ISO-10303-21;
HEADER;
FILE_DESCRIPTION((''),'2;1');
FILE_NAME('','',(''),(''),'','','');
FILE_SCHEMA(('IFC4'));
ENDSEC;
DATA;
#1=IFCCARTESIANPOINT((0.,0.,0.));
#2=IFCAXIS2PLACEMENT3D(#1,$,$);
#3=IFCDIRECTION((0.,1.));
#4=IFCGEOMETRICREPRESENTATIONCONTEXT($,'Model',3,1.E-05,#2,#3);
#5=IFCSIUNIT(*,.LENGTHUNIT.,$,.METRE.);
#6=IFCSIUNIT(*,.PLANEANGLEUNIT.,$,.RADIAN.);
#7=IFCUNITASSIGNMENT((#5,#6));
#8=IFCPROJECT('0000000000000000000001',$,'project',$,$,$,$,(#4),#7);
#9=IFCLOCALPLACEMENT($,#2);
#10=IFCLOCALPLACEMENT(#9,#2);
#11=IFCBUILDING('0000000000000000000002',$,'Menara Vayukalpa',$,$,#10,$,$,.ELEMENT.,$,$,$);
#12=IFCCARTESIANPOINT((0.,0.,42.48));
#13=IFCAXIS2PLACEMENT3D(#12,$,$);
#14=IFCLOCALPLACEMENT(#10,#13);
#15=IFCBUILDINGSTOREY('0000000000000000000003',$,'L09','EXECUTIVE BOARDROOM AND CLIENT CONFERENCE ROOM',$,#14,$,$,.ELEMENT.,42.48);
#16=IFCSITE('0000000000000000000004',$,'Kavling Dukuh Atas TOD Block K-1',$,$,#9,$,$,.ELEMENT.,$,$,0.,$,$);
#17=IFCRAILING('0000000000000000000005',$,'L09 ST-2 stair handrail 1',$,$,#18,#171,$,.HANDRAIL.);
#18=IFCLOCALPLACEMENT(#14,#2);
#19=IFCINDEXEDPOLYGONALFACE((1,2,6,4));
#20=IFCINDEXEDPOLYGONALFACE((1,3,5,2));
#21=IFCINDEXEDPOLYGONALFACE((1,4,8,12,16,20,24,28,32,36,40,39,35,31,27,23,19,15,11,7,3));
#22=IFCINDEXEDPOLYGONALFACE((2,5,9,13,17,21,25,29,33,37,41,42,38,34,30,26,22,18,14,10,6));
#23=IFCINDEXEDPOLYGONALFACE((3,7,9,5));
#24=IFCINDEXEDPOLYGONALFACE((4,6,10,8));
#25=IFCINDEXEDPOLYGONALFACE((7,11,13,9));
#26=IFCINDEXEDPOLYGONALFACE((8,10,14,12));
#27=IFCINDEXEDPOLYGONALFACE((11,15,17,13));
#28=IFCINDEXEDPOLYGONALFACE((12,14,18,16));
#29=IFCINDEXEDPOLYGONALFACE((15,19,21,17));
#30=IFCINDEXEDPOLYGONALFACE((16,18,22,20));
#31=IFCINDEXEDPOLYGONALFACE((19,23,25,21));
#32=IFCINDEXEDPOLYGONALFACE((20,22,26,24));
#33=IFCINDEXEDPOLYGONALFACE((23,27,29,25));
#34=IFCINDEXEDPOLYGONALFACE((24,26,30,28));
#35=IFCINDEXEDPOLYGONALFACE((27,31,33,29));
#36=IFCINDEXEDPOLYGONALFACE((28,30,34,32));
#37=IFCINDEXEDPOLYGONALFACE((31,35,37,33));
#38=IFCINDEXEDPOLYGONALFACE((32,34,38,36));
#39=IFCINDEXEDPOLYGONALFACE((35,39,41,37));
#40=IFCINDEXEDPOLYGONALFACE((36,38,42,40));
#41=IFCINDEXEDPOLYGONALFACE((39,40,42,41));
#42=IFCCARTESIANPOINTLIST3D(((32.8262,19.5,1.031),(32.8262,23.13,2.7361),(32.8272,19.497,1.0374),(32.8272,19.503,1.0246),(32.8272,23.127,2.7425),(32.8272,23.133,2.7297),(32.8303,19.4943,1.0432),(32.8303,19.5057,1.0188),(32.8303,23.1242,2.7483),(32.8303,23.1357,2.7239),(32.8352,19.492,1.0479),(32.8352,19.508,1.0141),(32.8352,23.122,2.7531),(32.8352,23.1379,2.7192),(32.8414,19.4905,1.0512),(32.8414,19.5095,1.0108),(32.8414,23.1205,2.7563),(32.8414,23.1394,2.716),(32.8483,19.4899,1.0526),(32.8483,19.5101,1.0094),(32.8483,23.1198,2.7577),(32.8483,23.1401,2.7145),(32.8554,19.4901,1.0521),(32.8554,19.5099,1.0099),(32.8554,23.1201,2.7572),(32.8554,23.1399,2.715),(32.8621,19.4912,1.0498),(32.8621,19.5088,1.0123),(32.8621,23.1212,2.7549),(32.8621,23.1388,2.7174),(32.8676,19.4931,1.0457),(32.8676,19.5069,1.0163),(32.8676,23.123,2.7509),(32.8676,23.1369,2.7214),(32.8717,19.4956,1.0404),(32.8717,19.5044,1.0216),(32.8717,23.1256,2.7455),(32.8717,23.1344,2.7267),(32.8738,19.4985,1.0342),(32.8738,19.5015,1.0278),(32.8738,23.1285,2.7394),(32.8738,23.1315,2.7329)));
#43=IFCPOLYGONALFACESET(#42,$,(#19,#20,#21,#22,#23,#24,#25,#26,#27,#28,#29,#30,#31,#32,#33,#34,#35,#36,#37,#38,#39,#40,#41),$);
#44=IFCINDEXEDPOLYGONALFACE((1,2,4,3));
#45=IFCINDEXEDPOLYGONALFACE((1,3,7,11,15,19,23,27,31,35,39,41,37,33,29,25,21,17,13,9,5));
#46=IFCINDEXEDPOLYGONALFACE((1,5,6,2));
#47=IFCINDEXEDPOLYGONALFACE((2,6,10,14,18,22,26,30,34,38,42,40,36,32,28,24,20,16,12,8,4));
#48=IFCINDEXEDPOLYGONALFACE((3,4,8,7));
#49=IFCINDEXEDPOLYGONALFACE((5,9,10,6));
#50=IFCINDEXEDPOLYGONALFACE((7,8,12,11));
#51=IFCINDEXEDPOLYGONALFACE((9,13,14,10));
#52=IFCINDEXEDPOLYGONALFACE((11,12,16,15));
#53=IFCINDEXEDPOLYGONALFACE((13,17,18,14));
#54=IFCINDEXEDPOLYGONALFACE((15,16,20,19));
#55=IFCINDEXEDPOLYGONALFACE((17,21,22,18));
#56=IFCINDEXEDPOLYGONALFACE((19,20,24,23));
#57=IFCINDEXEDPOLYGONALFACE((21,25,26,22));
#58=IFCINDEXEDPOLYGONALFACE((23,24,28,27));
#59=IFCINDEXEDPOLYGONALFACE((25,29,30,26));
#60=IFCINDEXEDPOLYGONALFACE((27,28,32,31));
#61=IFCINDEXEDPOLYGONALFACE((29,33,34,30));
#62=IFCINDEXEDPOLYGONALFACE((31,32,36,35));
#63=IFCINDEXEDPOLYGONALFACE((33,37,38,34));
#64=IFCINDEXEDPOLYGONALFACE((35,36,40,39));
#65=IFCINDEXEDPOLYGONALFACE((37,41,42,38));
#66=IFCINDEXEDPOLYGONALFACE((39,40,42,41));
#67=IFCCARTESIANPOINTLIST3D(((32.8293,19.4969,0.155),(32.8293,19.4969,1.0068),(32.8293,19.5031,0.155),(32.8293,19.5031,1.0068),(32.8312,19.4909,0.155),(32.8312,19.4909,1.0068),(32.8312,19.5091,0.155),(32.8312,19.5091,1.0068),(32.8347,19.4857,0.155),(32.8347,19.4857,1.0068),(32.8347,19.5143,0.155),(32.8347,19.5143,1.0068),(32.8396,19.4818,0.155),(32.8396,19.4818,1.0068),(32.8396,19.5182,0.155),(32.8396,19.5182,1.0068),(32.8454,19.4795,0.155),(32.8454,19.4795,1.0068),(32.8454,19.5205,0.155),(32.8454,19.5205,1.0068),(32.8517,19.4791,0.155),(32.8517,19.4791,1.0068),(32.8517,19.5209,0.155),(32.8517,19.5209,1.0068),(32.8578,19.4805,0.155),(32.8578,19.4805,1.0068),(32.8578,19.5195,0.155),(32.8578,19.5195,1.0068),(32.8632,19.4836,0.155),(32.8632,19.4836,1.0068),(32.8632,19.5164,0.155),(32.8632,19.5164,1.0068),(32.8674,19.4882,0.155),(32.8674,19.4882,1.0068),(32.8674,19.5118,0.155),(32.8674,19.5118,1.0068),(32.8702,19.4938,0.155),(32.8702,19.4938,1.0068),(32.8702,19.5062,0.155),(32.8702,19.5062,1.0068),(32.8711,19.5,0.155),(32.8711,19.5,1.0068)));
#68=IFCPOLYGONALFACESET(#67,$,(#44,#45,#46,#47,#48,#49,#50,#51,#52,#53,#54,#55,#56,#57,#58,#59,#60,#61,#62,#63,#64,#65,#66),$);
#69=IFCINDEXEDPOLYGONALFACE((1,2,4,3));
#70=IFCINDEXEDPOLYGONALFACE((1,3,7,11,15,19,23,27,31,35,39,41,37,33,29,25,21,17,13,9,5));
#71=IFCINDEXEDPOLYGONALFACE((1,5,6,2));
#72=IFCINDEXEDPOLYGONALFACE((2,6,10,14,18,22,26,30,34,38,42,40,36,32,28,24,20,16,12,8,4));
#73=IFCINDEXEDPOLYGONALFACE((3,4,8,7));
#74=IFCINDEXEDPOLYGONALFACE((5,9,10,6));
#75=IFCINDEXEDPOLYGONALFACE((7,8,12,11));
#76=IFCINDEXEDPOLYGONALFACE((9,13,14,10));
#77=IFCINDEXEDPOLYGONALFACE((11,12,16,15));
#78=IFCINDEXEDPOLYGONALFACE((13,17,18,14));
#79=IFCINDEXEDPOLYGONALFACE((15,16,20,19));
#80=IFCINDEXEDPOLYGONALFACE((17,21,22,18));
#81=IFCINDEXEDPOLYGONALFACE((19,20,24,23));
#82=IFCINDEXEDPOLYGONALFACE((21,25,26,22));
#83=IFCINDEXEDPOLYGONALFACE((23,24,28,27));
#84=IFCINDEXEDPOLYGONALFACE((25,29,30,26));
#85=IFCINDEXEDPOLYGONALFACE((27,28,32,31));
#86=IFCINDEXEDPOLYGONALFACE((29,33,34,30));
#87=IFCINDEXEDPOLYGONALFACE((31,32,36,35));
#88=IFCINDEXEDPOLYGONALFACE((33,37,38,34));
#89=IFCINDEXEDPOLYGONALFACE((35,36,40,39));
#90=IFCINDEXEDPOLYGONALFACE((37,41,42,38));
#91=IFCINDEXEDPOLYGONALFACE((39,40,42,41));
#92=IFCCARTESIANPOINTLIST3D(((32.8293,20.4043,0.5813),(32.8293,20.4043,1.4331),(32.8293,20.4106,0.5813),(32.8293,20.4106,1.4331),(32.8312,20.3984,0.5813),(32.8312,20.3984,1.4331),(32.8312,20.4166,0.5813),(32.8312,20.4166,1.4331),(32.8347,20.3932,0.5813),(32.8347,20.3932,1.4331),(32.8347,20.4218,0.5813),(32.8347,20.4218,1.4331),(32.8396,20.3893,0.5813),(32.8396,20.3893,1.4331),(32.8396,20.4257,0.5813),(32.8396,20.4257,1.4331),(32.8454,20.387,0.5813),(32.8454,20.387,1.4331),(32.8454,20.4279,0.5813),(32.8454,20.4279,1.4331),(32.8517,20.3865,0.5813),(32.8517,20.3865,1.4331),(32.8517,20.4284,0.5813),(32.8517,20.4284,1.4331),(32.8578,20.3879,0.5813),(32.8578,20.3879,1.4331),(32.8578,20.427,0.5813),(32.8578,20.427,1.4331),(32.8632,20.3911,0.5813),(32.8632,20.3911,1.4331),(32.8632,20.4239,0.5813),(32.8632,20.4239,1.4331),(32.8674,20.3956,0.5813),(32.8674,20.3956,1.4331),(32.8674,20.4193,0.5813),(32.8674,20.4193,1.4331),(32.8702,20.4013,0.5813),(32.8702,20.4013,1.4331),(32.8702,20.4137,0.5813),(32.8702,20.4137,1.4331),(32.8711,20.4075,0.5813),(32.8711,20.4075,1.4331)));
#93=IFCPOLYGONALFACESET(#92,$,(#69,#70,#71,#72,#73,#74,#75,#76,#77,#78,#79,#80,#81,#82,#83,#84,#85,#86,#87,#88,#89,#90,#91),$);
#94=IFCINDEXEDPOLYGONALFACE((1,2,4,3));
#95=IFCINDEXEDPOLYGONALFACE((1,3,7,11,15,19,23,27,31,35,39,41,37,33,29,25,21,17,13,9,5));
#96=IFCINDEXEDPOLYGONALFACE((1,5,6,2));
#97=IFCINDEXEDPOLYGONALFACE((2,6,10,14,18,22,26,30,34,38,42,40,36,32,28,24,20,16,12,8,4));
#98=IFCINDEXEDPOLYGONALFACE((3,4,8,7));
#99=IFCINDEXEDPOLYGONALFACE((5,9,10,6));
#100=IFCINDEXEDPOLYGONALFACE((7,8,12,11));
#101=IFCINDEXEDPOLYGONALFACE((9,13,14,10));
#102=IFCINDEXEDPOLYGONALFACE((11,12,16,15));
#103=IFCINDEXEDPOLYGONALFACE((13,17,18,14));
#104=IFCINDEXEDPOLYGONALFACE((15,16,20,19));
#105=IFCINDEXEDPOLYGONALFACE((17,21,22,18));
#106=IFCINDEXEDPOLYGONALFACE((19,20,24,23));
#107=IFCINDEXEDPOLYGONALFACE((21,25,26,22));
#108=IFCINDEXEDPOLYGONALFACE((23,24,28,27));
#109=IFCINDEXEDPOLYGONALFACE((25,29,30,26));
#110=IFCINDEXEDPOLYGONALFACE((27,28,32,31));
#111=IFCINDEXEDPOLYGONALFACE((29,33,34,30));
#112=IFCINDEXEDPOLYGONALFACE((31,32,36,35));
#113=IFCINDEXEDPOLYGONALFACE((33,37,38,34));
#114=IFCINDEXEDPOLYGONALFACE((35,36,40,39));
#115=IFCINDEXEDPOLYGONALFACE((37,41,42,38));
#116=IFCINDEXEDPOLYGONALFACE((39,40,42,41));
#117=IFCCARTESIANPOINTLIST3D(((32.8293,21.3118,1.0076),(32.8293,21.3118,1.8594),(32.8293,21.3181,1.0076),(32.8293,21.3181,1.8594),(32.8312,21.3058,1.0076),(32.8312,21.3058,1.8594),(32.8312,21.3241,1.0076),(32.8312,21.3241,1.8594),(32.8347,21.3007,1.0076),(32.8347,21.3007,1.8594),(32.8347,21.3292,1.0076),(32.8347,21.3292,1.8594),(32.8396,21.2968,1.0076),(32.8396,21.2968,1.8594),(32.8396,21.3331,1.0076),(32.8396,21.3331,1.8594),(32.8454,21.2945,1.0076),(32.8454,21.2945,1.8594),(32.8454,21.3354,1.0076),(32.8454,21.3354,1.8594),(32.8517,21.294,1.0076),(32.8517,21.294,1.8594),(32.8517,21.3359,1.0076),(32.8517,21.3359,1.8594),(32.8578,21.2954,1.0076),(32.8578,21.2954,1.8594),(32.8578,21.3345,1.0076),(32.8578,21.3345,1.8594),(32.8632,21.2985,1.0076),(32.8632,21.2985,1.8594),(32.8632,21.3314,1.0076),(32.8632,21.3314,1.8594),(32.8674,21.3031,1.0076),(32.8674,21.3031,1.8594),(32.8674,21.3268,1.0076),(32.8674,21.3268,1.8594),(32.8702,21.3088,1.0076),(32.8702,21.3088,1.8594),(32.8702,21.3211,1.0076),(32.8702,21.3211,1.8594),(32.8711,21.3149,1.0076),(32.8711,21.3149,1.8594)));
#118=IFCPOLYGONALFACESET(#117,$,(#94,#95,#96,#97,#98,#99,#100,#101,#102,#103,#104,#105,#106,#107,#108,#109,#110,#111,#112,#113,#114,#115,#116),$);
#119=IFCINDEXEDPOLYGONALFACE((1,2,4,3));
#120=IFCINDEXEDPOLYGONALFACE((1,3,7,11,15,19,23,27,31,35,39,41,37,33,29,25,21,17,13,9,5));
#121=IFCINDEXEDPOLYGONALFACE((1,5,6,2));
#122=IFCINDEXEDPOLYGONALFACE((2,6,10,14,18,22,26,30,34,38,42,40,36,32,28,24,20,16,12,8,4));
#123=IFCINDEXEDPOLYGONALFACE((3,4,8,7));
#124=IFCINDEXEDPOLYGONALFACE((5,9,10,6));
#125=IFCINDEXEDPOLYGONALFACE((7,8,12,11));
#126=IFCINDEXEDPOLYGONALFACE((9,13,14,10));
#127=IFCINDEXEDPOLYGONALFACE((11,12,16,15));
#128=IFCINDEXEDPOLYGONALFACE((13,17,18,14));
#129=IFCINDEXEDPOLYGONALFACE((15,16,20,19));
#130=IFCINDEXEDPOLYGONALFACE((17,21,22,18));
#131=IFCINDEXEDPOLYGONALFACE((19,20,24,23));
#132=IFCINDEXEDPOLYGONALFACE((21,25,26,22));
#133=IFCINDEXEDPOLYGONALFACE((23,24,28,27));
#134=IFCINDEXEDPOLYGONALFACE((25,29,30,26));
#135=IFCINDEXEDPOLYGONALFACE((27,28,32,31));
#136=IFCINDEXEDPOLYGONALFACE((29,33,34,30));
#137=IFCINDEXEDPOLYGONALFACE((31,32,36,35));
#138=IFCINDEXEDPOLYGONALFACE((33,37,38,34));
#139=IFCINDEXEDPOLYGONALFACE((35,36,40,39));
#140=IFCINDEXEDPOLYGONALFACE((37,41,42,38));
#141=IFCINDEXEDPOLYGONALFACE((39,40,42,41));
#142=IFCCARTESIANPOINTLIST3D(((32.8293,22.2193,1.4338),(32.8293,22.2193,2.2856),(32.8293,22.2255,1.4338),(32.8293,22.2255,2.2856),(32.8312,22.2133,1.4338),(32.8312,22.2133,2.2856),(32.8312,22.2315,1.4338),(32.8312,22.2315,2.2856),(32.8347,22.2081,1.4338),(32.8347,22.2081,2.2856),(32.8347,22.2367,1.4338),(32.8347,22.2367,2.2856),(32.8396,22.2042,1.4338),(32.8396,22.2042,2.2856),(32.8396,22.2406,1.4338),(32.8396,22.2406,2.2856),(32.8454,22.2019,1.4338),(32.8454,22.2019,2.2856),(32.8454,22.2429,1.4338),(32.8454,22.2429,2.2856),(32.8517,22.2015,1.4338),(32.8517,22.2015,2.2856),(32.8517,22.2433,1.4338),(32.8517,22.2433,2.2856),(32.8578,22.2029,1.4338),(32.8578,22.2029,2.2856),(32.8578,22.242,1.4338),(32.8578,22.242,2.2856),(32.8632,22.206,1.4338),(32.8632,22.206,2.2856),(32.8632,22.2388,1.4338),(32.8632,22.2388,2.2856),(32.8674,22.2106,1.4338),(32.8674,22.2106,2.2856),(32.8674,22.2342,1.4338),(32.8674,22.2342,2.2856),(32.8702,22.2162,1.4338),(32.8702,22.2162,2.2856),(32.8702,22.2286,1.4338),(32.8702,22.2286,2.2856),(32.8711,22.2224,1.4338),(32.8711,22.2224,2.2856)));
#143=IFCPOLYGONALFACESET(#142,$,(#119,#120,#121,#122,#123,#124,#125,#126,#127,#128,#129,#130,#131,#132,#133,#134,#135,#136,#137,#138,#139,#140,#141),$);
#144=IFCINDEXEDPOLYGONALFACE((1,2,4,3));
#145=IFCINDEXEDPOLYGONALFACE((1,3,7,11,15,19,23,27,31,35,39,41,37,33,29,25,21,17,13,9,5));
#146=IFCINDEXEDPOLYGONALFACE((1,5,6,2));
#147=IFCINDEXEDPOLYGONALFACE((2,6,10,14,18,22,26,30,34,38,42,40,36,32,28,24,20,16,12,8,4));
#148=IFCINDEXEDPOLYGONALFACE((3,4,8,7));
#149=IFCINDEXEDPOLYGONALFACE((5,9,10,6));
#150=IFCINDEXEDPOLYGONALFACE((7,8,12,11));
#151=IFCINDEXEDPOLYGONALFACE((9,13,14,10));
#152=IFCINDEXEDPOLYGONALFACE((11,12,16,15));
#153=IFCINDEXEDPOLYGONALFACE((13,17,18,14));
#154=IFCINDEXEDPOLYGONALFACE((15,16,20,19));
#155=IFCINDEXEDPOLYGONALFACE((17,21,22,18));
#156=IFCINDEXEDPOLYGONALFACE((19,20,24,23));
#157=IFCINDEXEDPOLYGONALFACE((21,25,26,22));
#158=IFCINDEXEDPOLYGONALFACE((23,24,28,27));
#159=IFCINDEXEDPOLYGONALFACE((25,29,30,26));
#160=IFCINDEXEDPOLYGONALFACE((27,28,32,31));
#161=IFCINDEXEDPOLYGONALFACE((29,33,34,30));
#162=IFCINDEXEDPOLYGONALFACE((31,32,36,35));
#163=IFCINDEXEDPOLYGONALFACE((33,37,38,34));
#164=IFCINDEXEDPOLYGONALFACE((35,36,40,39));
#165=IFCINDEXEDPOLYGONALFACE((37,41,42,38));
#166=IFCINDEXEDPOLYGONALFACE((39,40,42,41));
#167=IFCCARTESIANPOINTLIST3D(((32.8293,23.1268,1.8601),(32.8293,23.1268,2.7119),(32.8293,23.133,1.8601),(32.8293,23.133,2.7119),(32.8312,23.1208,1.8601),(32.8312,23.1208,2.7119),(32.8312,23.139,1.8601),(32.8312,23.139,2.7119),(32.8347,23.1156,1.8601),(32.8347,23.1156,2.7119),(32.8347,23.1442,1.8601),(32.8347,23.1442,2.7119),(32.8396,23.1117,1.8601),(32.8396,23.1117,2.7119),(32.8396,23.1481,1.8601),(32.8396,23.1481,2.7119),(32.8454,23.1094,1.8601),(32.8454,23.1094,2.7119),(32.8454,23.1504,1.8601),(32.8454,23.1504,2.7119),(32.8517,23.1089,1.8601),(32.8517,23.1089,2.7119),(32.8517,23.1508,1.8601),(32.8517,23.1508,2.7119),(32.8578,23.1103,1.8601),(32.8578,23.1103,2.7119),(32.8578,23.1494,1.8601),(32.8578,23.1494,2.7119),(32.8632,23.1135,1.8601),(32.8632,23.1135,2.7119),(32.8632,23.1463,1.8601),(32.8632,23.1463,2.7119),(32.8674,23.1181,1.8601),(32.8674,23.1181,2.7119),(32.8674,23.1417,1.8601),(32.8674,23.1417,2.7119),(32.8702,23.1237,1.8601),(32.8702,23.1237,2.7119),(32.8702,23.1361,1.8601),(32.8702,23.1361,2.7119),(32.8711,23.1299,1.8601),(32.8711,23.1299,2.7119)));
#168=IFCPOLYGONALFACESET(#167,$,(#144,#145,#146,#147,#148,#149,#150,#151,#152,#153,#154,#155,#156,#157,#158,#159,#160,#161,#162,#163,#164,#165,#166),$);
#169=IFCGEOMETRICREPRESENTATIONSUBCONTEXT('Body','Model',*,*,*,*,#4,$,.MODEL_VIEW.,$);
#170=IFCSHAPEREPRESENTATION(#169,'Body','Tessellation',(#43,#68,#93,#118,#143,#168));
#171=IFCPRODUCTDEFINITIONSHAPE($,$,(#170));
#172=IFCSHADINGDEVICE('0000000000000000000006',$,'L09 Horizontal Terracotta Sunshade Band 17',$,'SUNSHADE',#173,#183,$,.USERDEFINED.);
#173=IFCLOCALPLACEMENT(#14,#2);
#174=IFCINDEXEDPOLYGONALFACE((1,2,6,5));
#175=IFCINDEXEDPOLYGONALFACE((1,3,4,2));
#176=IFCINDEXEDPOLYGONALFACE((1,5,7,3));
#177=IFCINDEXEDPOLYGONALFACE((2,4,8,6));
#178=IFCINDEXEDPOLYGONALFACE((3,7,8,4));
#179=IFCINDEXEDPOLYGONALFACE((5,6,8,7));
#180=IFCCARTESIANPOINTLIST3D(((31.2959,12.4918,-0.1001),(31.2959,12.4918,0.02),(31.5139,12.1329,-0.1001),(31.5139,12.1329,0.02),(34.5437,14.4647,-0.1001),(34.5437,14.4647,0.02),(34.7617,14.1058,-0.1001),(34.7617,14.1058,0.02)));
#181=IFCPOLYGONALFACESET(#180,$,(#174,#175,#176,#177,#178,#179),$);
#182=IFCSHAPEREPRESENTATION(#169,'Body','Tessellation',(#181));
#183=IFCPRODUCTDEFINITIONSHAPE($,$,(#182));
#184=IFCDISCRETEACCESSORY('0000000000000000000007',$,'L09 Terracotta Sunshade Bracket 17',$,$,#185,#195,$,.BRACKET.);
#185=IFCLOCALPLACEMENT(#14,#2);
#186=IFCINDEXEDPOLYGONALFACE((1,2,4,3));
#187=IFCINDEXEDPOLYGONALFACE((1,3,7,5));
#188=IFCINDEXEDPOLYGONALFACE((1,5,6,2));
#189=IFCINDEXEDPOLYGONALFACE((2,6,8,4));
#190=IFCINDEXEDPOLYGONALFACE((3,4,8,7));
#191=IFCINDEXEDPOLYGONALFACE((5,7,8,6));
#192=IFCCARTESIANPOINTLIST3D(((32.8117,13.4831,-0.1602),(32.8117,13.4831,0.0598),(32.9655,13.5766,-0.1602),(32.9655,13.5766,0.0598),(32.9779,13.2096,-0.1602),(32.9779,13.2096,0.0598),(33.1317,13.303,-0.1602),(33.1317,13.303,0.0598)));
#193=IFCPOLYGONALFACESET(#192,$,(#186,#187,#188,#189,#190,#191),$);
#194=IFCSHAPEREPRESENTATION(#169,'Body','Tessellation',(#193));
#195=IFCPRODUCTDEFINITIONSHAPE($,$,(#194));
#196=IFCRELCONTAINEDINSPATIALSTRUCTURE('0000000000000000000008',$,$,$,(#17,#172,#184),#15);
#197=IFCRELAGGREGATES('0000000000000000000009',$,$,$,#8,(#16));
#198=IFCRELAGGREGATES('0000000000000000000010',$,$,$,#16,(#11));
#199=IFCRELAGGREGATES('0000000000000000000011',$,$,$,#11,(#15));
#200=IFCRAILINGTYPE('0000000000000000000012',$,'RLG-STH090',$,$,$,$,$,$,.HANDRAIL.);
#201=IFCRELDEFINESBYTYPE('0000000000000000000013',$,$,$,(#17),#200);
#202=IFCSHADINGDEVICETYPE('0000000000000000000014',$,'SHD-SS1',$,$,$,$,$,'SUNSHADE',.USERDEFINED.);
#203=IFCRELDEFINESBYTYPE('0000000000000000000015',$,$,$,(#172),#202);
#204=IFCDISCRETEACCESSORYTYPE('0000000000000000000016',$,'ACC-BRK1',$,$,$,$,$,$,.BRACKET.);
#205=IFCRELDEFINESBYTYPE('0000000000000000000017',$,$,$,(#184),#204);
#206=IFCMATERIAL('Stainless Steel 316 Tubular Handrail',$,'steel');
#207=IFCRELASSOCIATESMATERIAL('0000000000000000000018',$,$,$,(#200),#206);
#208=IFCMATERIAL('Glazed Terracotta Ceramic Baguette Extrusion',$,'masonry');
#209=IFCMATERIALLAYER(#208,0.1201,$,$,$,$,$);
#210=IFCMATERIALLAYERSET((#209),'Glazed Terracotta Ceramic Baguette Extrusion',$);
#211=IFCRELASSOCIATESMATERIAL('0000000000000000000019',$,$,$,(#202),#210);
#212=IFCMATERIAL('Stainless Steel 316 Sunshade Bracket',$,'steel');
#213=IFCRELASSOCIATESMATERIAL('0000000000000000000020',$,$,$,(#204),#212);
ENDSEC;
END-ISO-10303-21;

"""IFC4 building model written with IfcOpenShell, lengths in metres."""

from ifc_helpers import new_model, si_unit, direction, frame, origin, origin_2d, place, context, subcontext, project, spatial, rectangle, circle, extrude, material, layer, layer_set, type_object, element, save


model = new_model("IFC4")

# Units and contexts
model_context = context("Model", 3, precision=1e-05, world=origin(), true_north=direction((0.0, 1.0)))
body_context = subcontext(model_context, "Body", "Model", "MODEL_VIEW")
ifc_project = project(units=[si_unit("LENGTHUNIT", "METRE"), si_unit("PLANEANGLEUNIT", "RADIAN")], contexts=[model_context])

# Site, building, storey
site_placement = place(None, origin())
site = spatial("IfcSite", under=ifc_project, at=site_placement, Name="Kavling Dukuh Atas TOD Block K-1", CompositionType="ELEMENT", RefElevation=0.0)
building_placement = place(site_placement, origin())
building = spatial("IfcBuilding", under=site, at=building_placement, Name="Menara Vayukalpa", CompositionType="ELEMENT")
storey_placement = place(building_placement, frame((0.0, 0.0, 42.48)))
storey = spatial("IfcBuildingStorey", under=building, at=storey_placement, Name="L09", Description="EXECUTIVE BOARDROOM AND CLIENT CONFERENCE ROOM", CompositionType="ELEMENT", Elevation=42.48)

# Railing
ifc_material_1 = material(Name="Stainless Steel 316 Tubular Handrail", Category="steel")
railing_type_1 = type_object("IfcRailingType", Name="RLG-STH090", PredefinedType="HANDRAIL", material=ifc_material_1)
railing_1_placement = place(storey_placement, frame((32.8501, 19.5, 0.155)))
element("IfcRailing", 1, at=railing_1_placement, inside=storey, type_object=railing_type_1, Name="L09 ST-2 stair handrail 1", PredefinedType="HANDRAIL", context=body_context, shape_type="SweptSolid", body=[
    extrude(circle(Radius=0.0239, at=origin_2d()), frame((0.0, 0.0, 0.876), z_axis=(0.0, 0.905116, 0.425164), x_axis=(-1.0, 0.0, 0.0)), (0.0, 0.0, 1.0), 4.0105),
    extrude(circle(Radius=0.021, at=origin_2d()), origin(), (0.0, 0.0, 1.0), 0.8518),
    extrude(circle(Radius=0.021, at=origin_2d()), frame((0.0, 0.9075, 0.4263)), (0.0, 0.0, 1.0), 0.8518),
    extrude(circle(Radius=0.021, at=origin_2d()), frame((0.0, 1.8149, 0.8525)), (0.0, 0.0, 1.0), 0.8518),
    extrude(circle(Radius=0.021, at=origin_2d()), frame((0.0, 2.7224, 1.2788)), (0.0, 0.0, 1.0), 0.8518),
    extrude(circle(Radius=0.021, at=origin_2d()), frame((0.0, 3.6299, 1.7051)), (0.0, 0.0, 1.0), 0.8518),
])

# Shading device
ifc_material_2 = material(Name="Glazed Terracotta Ceramic Baguette Extrusion", Category="masonry")
ifc_layer_1 = layer(ifc_material_2, 0.1201)
ifc_layer_set_1 = layer_set([ifc_layer_1], Name="Glazed Terracotta Ceramic Baguette Extrusion")
shading_device_type = type_object("IfcShadingDeviceType", Name="SHD-SS1", ElementType="SUNSHADE", PredefinedType="USERDEFINED", material=ifc_layer_set_1)
shading_device_placement = place(storey_placement, frame((33.0288, 13.2988, -0.1001), z_axis=(0.0, 0.0, 1.0), x_axis=(0.854667, 0.519176, 0.0)))
element("IfcShadingDevice", 2, at=shading_device_placement, inside=storey, type_object=shading_device_type, Name="L09 Horizontal Terracotta Sunshade Band 17", ObjectType="SUNSHADE", PredefinedType="USERDEFINED", context=body_context, shape_type="SweptSolid", body=[
    extrude(rectangle(XDim=3.8, YDim=0.4199, at=origin_2d()), origin(), (0.0, 0.0, 1.0), 0.1201),
])

# Discrete accessory
ifc_material_3 = material(Name="Stainless Steel 316 Sunshade Bracket", Category="steel")
discrete_accessory_type = type_object("IfcDiscreteAccessoryType", Name="ACC-BRK1", PredefinedType="BRACKET", material=ifc_material_3)
discrete_accessory_placement = place(storey_placement, frame((32.9717, 13.3931, -0.1602), z_axis=(0.0, 0.0, 1.0), x_axis=(0.854667, 0.519176, 0.0)))
element("IfcDiscreteAccessory", 3, at=discrete_accessory_placement, inside=storey, type_object=discrete_accessory_type, Name="L09 Terracotta Sunshade Bracket 17", PredefinedType="BRACKET", context=body_context, shape_type="SweptSolid", body=[
    extrude(rectangle(XDim=0.1799, YDim=0.3201, at=origin_2d()), origin(), (0.0, 0.0, 1.0), 0.22),
])

save(model, "model.ifc")
